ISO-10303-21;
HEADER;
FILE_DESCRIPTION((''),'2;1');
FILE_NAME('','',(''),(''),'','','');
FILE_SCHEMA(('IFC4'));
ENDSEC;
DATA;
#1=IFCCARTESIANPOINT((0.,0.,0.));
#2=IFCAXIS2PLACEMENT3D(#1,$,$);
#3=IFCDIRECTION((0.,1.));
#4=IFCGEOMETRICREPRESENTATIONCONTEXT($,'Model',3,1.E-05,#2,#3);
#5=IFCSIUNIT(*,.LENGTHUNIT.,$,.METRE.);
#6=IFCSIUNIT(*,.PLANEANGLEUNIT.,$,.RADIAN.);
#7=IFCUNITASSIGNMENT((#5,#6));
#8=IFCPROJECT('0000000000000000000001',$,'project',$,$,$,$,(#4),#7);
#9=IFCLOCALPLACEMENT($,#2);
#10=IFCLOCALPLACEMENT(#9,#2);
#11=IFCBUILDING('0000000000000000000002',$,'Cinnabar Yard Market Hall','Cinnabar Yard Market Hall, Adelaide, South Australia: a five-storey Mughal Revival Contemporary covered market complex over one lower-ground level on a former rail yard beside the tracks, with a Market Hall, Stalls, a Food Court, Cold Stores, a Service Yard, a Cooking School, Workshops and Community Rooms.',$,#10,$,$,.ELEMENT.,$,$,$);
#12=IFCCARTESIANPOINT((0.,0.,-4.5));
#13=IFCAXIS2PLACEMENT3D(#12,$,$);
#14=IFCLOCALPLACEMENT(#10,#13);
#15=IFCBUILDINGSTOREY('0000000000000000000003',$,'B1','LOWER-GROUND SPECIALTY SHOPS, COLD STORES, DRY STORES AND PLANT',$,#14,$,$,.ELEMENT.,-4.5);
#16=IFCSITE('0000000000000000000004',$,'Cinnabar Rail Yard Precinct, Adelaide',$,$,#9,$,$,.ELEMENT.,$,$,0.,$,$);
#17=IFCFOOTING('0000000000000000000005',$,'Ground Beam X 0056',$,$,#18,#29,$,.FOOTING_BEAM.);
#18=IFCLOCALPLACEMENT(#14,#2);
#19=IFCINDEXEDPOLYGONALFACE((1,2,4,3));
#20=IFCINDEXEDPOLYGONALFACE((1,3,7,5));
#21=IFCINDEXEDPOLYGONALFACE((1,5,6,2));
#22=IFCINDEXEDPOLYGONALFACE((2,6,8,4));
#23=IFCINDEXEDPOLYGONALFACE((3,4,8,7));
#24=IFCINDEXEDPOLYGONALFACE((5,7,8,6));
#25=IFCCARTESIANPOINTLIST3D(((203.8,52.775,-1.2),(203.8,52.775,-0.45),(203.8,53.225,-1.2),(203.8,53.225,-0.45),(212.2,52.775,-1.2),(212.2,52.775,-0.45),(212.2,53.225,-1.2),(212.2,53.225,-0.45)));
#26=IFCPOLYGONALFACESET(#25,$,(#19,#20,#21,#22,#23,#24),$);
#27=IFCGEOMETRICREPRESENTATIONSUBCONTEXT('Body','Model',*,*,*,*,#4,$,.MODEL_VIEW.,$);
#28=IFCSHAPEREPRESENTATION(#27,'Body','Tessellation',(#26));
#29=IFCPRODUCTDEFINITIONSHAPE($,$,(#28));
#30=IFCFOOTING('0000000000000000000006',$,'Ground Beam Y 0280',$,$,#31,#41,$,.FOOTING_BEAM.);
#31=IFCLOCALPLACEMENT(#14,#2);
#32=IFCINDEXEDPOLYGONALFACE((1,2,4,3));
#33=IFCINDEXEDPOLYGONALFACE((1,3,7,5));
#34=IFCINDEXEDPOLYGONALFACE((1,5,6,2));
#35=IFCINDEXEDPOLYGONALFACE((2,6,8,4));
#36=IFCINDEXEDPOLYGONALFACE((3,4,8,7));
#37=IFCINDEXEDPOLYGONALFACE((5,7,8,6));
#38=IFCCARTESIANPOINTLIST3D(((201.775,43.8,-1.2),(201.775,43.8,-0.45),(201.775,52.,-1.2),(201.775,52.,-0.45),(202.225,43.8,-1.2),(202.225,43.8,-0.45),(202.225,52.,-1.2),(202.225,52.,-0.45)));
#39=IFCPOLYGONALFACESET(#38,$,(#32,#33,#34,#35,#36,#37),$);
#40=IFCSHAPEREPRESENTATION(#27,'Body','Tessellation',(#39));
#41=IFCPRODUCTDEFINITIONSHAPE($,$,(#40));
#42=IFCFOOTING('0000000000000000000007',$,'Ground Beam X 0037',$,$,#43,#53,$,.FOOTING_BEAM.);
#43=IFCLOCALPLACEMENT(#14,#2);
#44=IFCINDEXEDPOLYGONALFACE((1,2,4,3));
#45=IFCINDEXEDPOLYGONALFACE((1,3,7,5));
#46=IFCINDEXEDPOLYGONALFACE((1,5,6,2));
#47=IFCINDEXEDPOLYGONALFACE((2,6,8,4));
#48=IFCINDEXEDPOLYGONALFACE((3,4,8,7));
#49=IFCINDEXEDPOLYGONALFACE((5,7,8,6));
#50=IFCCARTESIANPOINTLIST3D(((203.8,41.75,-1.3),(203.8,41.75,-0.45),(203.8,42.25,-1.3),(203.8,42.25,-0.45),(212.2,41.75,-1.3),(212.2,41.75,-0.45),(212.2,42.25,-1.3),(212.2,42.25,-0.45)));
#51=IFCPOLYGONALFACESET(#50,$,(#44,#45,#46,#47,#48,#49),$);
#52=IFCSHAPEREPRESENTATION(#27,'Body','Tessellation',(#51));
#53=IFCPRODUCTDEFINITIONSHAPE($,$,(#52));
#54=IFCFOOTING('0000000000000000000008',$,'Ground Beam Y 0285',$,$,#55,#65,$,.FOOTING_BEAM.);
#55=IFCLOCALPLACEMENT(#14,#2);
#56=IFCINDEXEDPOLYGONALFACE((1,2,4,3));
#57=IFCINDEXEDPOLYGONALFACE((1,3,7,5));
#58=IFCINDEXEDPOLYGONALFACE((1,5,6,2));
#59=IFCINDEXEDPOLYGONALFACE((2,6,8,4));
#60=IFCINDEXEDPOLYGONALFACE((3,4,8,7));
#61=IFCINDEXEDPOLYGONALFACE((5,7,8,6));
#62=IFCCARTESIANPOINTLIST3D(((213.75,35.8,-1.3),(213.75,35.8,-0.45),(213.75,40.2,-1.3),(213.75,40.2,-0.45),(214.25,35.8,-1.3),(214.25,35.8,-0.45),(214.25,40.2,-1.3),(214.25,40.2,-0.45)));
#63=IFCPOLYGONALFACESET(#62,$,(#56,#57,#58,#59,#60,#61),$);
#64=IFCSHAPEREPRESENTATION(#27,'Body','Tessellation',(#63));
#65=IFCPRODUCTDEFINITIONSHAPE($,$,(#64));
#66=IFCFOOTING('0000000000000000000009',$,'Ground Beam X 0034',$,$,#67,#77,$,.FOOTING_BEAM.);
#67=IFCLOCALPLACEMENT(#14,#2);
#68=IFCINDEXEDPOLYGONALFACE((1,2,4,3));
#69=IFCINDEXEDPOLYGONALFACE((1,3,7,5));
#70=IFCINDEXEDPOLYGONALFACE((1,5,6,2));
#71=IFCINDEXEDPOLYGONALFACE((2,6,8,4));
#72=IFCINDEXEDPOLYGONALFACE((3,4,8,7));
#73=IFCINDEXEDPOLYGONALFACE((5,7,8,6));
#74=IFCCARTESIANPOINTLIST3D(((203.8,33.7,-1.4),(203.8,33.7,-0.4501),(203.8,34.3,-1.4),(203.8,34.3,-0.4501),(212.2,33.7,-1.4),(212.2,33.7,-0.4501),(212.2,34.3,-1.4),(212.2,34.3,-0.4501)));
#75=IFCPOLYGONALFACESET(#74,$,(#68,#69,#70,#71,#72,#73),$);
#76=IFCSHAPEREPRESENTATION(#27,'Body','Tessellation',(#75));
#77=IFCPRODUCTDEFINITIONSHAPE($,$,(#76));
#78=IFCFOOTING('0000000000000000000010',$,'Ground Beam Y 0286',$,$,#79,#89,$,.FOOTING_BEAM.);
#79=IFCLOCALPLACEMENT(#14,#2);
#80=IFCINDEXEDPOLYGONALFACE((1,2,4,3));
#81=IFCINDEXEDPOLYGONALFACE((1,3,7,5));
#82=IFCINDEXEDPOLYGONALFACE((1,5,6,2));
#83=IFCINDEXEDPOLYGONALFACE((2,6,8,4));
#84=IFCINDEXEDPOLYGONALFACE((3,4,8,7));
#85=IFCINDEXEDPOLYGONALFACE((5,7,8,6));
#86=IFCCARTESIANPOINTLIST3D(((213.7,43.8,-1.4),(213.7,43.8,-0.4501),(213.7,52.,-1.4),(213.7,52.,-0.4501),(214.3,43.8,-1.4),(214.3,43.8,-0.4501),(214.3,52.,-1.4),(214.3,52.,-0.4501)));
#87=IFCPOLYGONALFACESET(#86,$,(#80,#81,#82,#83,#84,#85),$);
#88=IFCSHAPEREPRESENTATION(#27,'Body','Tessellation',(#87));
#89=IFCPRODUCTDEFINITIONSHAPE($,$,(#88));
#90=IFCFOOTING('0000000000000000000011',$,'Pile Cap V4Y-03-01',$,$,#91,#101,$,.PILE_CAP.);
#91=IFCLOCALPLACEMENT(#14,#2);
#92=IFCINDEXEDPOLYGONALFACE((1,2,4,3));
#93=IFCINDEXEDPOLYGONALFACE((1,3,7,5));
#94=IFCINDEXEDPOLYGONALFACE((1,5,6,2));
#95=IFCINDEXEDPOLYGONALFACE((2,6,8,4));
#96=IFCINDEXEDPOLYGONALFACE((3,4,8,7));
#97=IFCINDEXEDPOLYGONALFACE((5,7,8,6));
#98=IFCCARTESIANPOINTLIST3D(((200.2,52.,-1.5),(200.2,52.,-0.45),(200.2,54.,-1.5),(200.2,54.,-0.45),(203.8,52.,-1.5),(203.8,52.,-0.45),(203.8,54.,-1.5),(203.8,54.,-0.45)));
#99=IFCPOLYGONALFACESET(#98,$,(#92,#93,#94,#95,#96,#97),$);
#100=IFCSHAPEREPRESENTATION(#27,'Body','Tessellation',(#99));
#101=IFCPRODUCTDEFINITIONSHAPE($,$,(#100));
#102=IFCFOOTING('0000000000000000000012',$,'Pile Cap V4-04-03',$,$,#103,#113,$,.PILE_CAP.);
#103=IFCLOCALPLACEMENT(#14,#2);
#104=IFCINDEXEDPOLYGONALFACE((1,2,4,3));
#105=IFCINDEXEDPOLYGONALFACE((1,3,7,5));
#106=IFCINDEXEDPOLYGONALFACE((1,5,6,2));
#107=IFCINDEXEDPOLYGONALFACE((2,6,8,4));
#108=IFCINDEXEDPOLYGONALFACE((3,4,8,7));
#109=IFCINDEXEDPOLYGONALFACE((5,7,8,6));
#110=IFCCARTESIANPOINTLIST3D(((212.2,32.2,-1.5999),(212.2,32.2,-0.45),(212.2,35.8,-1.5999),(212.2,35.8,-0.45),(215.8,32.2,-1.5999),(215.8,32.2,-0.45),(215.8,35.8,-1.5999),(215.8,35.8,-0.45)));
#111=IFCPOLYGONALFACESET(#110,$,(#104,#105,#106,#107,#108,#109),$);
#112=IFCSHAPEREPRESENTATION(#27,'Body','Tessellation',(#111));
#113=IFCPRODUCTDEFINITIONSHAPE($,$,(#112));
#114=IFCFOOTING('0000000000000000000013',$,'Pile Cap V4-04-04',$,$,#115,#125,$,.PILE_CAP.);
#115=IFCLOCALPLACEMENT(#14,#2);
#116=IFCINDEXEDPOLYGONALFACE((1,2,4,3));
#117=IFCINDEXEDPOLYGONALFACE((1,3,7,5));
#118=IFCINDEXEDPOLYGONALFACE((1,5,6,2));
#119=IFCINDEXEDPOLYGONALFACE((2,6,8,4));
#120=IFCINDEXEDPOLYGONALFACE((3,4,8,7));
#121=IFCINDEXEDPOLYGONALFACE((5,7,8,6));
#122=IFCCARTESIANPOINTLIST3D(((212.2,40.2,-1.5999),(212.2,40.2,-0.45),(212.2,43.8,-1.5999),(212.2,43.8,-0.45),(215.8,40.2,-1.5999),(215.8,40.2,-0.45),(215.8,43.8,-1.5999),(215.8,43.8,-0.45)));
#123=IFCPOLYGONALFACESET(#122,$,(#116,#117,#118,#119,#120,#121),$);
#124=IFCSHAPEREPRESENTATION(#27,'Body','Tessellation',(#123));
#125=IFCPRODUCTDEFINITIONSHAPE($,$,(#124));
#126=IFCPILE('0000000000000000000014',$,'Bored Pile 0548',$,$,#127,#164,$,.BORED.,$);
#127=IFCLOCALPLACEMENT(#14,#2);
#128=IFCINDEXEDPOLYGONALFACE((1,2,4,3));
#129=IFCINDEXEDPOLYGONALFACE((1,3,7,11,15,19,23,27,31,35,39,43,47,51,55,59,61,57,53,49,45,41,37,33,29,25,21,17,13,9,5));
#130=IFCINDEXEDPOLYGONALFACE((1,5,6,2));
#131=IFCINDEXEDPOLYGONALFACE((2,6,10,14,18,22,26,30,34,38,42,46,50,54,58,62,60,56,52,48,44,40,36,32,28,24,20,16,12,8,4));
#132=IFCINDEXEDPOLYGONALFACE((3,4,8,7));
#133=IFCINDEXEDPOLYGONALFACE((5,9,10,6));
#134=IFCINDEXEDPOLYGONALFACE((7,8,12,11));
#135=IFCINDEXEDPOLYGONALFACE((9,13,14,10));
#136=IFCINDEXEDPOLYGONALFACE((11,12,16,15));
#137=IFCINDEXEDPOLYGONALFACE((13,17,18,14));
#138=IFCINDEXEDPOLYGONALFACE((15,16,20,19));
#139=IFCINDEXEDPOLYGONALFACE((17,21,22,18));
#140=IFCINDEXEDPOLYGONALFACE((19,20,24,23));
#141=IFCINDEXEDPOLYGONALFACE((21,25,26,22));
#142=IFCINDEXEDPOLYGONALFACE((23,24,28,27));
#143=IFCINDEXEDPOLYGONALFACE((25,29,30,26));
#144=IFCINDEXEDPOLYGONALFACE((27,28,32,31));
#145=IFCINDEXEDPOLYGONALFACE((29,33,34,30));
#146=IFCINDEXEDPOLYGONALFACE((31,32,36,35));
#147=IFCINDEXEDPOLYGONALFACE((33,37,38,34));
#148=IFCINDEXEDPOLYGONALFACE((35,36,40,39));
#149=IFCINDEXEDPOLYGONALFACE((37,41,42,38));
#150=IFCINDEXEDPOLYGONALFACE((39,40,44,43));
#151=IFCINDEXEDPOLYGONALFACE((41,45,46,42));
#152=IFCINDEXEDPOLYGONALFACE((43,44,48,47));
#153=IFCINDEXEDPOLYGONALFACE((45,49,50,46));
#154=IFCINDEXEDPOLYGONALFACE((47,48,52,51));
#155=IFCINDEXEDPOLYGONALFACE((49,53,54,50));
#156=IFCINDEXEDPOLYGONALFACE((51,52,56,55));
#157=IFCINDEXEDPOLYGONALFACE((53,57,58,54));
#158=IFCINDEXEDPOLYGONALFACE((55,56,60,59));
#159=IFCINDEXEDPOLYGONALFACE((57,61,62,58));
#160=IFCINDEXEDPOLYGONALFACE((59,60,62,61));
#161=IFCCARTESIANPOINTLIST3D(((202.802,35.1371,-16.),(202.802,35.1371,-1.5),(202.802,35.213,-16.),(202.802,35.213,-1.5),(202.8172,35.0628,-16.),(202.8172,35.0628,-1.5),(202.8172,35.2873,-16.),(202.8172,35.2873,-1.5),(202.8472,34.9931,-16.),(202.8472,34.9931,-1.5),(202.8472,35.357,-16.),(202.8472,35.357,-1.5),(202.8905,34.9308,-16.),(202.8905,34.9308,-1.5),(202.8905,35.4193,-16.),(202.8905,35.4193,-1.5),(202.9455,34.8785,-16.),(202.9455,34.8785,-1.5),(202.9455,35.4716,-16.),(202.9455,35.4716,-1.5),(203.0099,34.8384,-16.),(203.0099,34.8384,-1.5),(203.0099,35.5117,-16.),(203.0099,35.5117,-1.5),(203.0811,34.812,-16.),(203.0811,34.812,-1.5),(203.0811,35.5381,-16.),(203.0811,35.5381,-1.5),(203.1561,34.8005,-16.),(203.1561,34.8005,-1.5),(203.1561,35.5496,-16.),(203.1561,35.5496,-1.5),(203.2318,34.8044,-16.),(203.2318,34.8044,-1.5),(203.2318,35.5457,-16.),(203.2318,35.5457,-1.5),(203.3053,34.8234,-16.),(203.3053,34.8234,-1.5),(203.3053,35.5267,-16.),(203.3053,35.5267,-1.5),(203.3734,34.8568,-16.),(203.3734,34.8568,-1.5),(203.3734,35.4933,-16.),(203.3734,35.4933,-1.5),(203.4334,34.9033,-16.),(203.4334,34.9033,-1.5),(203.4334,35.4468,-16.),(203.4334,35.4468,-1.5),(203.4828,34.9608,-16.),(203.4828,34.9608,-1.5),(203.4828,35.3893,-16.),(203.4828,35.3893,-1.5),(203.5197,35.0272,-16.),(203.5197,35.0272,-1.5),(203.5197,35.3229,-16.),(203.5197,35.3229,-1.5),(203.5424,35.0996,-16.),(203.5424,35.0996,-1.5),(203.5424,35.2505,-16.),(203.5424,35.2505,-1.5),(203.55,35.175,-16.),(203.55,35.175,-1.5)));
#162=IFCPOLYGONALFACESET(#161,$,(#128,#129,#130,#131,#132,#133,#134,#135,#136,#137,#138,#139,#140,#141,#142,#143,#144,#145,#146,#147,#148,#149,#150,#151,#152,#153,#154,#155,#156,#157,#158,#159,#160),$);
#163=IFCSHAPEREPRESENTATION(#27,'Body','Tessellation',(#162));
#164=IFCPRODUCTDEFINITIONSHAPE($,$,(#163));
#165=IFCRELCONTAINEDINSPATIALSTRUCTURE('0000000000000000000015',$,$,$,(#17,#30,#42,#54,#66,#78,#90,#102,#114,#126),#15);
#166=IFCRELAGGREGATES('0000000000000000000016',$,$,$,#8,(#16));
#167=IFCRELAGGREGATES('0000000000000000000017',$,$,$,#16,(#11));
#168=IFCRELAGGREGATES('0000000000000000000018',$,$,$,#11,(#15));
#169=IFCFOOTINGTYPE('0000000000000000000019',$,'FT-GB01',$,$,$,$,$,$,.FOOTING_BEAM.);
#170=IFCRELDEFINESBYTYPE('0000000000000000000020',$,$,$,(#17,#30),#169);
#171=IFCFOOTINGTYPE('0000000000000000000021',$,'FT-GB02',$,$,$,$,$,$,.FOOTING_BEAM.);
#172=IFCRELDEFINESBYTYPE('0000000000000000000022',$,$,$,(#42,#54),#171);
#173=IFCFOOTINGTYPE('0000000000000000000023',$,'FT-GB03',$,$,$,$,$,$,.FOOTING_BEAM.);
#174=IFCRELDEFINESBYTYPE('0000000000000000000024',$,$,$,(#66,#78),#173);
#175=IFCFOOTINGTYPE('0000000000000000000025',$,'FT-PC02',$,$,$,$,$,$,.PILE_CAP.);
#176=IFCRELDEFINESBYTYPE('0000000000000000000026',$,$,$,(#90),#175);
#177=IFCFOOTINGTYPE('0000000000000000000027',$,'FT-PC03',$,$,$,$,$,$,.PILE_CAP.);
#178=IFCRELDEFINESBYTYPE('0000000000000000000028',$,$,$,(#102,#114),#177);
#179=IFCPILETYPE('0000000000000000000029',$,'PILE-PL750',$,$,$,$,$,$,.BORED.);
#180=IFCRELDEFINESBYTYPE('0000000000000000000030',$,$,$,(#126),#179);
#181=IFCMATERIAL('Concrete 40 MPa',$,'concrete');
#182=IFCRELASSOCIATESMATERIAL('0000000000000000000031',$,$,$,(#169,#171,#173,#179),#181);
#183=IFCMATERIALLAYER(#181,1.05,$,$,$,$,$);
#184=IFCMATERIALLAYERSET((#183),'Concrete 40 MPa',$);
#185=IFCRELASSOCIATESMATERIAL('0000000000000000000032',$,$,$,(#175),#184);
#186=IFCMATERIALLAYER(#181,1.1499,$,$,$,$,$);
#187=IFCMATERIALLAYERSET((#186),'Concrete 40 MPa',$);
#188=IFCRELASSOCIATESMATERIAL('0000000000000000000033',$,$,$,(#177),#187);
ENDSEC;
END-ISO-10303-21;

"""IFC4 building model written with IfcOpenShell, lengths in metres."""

from ifc_helpers import new_model, si_unit, direction, frame, origin, origin_2d_with_axis, place, context, subcontext, project, spatial, rectangle, circle, extrude, material, layer, layer_set, material_profile, profile_set, type_object, element, save


model = new_model("IFC4")

# Units and contexts
model_context = context("Model", 3, precision=1e-05, world=origin(), true_north=direction((0.0, 1.0)))
body_context = subcontext(model_context, "Body", "Model", "MODEL_VIEW")
ifc_project = project(units=[si_unit("LENGTHUNIT", "METRE"), si_unit("PLANEANGLEUNIT", "RADIAN")], contexts=[model_context])

# Site, building, storey
site_placement = place(None, origin())
site = spatial("IfcSite", under=ifc_project, at=site_placement, Name="Cinnabar Rail Yard Precinct, Adelaide", CompositionType="ELEMENT", RefElevation=0.0)
building_placement = place(site_placement, origin())
building = spatial("IfcBuilding", under=site, at=building_placement, Name="Cinnabar Yard Market Hall", Description="Cinnabar Yard Market Hall, Adelaide, South Australia: a five-storey Mughal Revival Contemporary covered market complex over one lower-ground level on a former rail yard beside the tracks, with a Market Hall, Stalls, a Food Court, Cold Stores, a Service Yard, a Cooking School, Workshops and Community Rooms.", CompositionType="ELEMENT")
storey_placement = place(building_placement, frame((0.0, 0.0, -4.5)))
storey = spatial("IfcBuildingStorey", under=building, at=storey_placement, Name="B1", Description="LOWER-GROUND SPECIALTY SHOPS, COLD STORES, DRY STORES AND PLANT", CompositionType="ELEMENT", Elevation=-4.5)

# Footings
ifc_material_1 = material(Name="Concrete 40 MPa", Category="concrete")
ifc_material_profile_1 = material_profile(ifc_material_1, rectangle(XDim=0.45, YDim=0.75, at=origin_2d_with_axis()), Name="GB-450x750")
ifc_profile_set_1 = profile_set([ifc_material_profile_1], Name="Concrete 40 MPa")
footing_type_1 = type_object("IfcFootingType", Name="FT-GB01", PredefinedType="FOOTING_BEAM", material=ifc_profile_set_1)
footing_1_placement = place(storey_placement, frame((203.8, 53.0, -0.825), z_axis=(1.0, 0.0, 0.0), x_axis=(0.0, 1.0, 0.0)))
element("IfcFooting", 1, at=footing_1_placement, inside=storey, type_object=footing_type_1, Name="Ground Beam X 0056", PredefinedType="FOOTING_BEAM", context=body_context, shape_type="SweptSolid", body=[
    extrude(rectangle(XDim=0.45, YDim=0.75, at=origin_2d_with_axis()), origin(), (0.0, 0.0, 1.0), 8.3999),
])
footing_2_placement = place(storey_placement, frame((202.0, 43.8, -0.825), z_axis=(0.0, 1.0, 0.0), x_axis=(-1.0, 0.0, 0.0)))
element("IfcFooting", 2, at=footing_2_placement, inside=storey, type_object=footing_type_1, Name="Ground Beam Y 0280", PredefinedType="FOOTING_BEAM", context=body_context, shape_type="SweptSolid", body=[
    extrude(rectangle(XDim=0.45, YDim=0.75, at=origin_2d_with_axis()), origin(), (0.0, 0.0, 1.0), 8.2),
])
ifc_material_profile_2 = material_profile(ifc_material_1, rectangle(XDim=0.5, YDim=0.8501, at=origin_2d_with_axis()), Name="GB-500x850")
ifc_profile_set_2 = profile_set([ifc_material_profile_2], Name="Concrete 40 MPa")
footing_type_2 = type_object("IfcFootingType", Name="FT-GB02", PredefinedType="FOOTING_BEAM", material=ifc_profile_set_2)
footing_3_placement = place(storey_placement, frame((203.8, 42.0, -0.875), z_axis=(1.0, 0.0, 0.0), x_axis=(0.0, 1.0, 0.0)))
element("IfcFooting", 3, at=footing_3_placement, inside=storey, type_object=footing_type_2, Name="Ground Beam X 0037", PredefinedType="FOOTING_BEAM", context=body_context, shape_type="SweptSolid", body=[
    extrude(rectangle(XDim=0.5, YDim=0.8501, at=origin_2d_with_axis()), origin(), (0.0, 0.0, 1.0), 8.3999),
])
footing_4_placement = place(storey_placement, frame((214.0, 35.8, -0.875), z_axis=(0.0, 1.0, 0.0), x_axis=(-1.0, 0.0, 0.0)))
element("IfcFooting", 4, at=footing_4_placement, inside=storey, type_object=footing_type_2, Name="Ground Beam Y 0285", PredefinedType="FOOTING_BEAM", context=body_context, shape_type="SweptSolid", body=[
    extrude(rectangle(XDim=0.5, YDim=0.8501, at=origin_2d_with_axis()), origin(), (0.0, 0.0, 1.0), 4.3999),
])
ifc_material_profile_3 = material_profile(ifc_material_1, rectangle(XDim=0.6001, YDim=0.95, at=origin_2d_with_axis()), Name="GB-600x950")
ifc_profile_set_3 = profile_set([ifc_material_profile_3], Name="Concrete 40 MPa")
footing_type_3 = type_object("IfcFootingType", Name="FT-GB03", PredefinedType="FOOTING_BEAM", material=ifc_profile_set_3)
footing_5_placement = place(storey_placement, frame((203.8, 34.0, -0.925), z_axis=(1.0, 0.0, 0.0), x_axis=(0.0, 1.0, 0.0)))
element("IfcFooting", 5, at=footing_5_placement, inside=storey, type_object=footing_type_3, Name="Ground Beam X 0034", PredefinedType="FOOTING_BEAM", context=body_context, shape_type="SweptSolid", body=[
    extrude(rectangle(XDim=0.6001, YDim=0.95, at=origin_2d_with_axis()), origin(), (0.0, 0.0, 1.0), 8.3999),
])
footing_6_placement = place(storey_placement, frame((214.0, 43.8, -0.925), z_axis=(0.0, 1.0, 0.0), x_axis=(-1.0, 0.0, 0.0)))
element("IfcFooting", 6, at=footing_6_placement, inside=storey, type_object=footing_type_3, Name="Ground Beam Y 0286", PredefinedType="FOOTING_BEAM", context=body_context, shape_type="SweptSolid", body=[
    extrude(rectangle(XDim=0.6001, YDim=0.95, at=origin_2d_with_axis()), origin(), (0.0, 0.0, 1.0), 8.2),
])
ifc_layer_1 = layer(ifc_material_1, 1.05)
ifc_layer_set_1 = layer_set([ifc_layer_1], Name="Concrete 40 MPa")
footing_type_4 = type_object("IfcFootingType", Name="FT-PC02", PredefinedType="PILE_CAP", material=ifc_layer_set_1)
footing_7_placement = place(storey_placement, frame((202.0, 53.0, -1.5), z_axis=(0.0, 0.0, 1.0), x_axis=(1.0, 0.0, 0.0)))
element("IfcFooting", 7, at=footing_7_placement, inside=storey, type_object=footing_type_4, Name="Pile Cap V4Y-03-01", PredefinedType="PILE_CAP", context=body_context, shape_type="SweptSolid", body=[
    extrude(rectangle(XDim=3.6001, YDim=2.0, at=origin_2d_with_axis()), origin(), (0.0, 0.0, 1.0), 1.05),
])
ifc_layer_2 = layer(ifc_material_1, 1.1499)
ifc_layer_set_2 = layer_set([ifc_layer_2], Name="Concrete 40 MPa")
footing_type_5 = type_object("IfcFootingType", Name="FT-PC03", PredefinedType="PILE_CAP", material=ifc_layer_set_2)
for number, where, z_axis, x_axis, name in (
    (8, (214.0, 34.0, -1.5999), (0.0, 0.0, 1.0), (1.0, 0.0, 0.0), "Pile Cap V4-04-03"),
    (9, (214.0, 42.0, -1.5999), (0.0, 0.0, 1.0), (1.0, 0.0, 0.0), "Pile Cap V4-04-04"),
):
    element("IfcFooting", number, at=place(storey_placement, frame(where, z_axis=z_axis, x_axis=x_axis)), inside=storey, type_object=footing_type_5, Name=name, PredefinedType="PILE_CAP", context=body_context, shape_type="SweptSolid", body=[
        extrude(rectangle(XDim=3.6001, YDim=3.6001, at=origin_2d_with_axis()), origin(), (0.0, 0.0, 1.0), 1.1499),
    ])

# Pile
ifc_material_profile_4 = material_profile(ifc_material_1, circle(Radius=0.375, at=origin_2d_with_axis()), Name="PILE-D750")
ifc_profile_set_4 = profile_set([ifc_material_profile_4], Name="Concrete 40 MPa")
pile_type = type_object("IfcPileType", Name="PILE-PL750", PredefinedType="BORED", material=ifc_profile_set_4)
for number, where, z_axis, x_axis, name in (
    (10, (203.175, 35.175, -1.5), (0.0, 0.0, -1.0), (1.0, 0.0, 0.0), "Bored Pile 0548"),
):
    element("IfcPile", number, at=place(storey_placement, frame(where, z_axis=z_axis, x_axis=x_axis)), inside=storey, type_object=pile_type, Name=name, PredefinedType="BORED", context=body_context, shape_type="SweptSolid", body=[
        extrude(circle(Radius=0.375, at=origin_2d_with_axis()), origin(), (0.0, 0.0, 1.0), 14.5),
    ])

save(model, "model.ifc")
